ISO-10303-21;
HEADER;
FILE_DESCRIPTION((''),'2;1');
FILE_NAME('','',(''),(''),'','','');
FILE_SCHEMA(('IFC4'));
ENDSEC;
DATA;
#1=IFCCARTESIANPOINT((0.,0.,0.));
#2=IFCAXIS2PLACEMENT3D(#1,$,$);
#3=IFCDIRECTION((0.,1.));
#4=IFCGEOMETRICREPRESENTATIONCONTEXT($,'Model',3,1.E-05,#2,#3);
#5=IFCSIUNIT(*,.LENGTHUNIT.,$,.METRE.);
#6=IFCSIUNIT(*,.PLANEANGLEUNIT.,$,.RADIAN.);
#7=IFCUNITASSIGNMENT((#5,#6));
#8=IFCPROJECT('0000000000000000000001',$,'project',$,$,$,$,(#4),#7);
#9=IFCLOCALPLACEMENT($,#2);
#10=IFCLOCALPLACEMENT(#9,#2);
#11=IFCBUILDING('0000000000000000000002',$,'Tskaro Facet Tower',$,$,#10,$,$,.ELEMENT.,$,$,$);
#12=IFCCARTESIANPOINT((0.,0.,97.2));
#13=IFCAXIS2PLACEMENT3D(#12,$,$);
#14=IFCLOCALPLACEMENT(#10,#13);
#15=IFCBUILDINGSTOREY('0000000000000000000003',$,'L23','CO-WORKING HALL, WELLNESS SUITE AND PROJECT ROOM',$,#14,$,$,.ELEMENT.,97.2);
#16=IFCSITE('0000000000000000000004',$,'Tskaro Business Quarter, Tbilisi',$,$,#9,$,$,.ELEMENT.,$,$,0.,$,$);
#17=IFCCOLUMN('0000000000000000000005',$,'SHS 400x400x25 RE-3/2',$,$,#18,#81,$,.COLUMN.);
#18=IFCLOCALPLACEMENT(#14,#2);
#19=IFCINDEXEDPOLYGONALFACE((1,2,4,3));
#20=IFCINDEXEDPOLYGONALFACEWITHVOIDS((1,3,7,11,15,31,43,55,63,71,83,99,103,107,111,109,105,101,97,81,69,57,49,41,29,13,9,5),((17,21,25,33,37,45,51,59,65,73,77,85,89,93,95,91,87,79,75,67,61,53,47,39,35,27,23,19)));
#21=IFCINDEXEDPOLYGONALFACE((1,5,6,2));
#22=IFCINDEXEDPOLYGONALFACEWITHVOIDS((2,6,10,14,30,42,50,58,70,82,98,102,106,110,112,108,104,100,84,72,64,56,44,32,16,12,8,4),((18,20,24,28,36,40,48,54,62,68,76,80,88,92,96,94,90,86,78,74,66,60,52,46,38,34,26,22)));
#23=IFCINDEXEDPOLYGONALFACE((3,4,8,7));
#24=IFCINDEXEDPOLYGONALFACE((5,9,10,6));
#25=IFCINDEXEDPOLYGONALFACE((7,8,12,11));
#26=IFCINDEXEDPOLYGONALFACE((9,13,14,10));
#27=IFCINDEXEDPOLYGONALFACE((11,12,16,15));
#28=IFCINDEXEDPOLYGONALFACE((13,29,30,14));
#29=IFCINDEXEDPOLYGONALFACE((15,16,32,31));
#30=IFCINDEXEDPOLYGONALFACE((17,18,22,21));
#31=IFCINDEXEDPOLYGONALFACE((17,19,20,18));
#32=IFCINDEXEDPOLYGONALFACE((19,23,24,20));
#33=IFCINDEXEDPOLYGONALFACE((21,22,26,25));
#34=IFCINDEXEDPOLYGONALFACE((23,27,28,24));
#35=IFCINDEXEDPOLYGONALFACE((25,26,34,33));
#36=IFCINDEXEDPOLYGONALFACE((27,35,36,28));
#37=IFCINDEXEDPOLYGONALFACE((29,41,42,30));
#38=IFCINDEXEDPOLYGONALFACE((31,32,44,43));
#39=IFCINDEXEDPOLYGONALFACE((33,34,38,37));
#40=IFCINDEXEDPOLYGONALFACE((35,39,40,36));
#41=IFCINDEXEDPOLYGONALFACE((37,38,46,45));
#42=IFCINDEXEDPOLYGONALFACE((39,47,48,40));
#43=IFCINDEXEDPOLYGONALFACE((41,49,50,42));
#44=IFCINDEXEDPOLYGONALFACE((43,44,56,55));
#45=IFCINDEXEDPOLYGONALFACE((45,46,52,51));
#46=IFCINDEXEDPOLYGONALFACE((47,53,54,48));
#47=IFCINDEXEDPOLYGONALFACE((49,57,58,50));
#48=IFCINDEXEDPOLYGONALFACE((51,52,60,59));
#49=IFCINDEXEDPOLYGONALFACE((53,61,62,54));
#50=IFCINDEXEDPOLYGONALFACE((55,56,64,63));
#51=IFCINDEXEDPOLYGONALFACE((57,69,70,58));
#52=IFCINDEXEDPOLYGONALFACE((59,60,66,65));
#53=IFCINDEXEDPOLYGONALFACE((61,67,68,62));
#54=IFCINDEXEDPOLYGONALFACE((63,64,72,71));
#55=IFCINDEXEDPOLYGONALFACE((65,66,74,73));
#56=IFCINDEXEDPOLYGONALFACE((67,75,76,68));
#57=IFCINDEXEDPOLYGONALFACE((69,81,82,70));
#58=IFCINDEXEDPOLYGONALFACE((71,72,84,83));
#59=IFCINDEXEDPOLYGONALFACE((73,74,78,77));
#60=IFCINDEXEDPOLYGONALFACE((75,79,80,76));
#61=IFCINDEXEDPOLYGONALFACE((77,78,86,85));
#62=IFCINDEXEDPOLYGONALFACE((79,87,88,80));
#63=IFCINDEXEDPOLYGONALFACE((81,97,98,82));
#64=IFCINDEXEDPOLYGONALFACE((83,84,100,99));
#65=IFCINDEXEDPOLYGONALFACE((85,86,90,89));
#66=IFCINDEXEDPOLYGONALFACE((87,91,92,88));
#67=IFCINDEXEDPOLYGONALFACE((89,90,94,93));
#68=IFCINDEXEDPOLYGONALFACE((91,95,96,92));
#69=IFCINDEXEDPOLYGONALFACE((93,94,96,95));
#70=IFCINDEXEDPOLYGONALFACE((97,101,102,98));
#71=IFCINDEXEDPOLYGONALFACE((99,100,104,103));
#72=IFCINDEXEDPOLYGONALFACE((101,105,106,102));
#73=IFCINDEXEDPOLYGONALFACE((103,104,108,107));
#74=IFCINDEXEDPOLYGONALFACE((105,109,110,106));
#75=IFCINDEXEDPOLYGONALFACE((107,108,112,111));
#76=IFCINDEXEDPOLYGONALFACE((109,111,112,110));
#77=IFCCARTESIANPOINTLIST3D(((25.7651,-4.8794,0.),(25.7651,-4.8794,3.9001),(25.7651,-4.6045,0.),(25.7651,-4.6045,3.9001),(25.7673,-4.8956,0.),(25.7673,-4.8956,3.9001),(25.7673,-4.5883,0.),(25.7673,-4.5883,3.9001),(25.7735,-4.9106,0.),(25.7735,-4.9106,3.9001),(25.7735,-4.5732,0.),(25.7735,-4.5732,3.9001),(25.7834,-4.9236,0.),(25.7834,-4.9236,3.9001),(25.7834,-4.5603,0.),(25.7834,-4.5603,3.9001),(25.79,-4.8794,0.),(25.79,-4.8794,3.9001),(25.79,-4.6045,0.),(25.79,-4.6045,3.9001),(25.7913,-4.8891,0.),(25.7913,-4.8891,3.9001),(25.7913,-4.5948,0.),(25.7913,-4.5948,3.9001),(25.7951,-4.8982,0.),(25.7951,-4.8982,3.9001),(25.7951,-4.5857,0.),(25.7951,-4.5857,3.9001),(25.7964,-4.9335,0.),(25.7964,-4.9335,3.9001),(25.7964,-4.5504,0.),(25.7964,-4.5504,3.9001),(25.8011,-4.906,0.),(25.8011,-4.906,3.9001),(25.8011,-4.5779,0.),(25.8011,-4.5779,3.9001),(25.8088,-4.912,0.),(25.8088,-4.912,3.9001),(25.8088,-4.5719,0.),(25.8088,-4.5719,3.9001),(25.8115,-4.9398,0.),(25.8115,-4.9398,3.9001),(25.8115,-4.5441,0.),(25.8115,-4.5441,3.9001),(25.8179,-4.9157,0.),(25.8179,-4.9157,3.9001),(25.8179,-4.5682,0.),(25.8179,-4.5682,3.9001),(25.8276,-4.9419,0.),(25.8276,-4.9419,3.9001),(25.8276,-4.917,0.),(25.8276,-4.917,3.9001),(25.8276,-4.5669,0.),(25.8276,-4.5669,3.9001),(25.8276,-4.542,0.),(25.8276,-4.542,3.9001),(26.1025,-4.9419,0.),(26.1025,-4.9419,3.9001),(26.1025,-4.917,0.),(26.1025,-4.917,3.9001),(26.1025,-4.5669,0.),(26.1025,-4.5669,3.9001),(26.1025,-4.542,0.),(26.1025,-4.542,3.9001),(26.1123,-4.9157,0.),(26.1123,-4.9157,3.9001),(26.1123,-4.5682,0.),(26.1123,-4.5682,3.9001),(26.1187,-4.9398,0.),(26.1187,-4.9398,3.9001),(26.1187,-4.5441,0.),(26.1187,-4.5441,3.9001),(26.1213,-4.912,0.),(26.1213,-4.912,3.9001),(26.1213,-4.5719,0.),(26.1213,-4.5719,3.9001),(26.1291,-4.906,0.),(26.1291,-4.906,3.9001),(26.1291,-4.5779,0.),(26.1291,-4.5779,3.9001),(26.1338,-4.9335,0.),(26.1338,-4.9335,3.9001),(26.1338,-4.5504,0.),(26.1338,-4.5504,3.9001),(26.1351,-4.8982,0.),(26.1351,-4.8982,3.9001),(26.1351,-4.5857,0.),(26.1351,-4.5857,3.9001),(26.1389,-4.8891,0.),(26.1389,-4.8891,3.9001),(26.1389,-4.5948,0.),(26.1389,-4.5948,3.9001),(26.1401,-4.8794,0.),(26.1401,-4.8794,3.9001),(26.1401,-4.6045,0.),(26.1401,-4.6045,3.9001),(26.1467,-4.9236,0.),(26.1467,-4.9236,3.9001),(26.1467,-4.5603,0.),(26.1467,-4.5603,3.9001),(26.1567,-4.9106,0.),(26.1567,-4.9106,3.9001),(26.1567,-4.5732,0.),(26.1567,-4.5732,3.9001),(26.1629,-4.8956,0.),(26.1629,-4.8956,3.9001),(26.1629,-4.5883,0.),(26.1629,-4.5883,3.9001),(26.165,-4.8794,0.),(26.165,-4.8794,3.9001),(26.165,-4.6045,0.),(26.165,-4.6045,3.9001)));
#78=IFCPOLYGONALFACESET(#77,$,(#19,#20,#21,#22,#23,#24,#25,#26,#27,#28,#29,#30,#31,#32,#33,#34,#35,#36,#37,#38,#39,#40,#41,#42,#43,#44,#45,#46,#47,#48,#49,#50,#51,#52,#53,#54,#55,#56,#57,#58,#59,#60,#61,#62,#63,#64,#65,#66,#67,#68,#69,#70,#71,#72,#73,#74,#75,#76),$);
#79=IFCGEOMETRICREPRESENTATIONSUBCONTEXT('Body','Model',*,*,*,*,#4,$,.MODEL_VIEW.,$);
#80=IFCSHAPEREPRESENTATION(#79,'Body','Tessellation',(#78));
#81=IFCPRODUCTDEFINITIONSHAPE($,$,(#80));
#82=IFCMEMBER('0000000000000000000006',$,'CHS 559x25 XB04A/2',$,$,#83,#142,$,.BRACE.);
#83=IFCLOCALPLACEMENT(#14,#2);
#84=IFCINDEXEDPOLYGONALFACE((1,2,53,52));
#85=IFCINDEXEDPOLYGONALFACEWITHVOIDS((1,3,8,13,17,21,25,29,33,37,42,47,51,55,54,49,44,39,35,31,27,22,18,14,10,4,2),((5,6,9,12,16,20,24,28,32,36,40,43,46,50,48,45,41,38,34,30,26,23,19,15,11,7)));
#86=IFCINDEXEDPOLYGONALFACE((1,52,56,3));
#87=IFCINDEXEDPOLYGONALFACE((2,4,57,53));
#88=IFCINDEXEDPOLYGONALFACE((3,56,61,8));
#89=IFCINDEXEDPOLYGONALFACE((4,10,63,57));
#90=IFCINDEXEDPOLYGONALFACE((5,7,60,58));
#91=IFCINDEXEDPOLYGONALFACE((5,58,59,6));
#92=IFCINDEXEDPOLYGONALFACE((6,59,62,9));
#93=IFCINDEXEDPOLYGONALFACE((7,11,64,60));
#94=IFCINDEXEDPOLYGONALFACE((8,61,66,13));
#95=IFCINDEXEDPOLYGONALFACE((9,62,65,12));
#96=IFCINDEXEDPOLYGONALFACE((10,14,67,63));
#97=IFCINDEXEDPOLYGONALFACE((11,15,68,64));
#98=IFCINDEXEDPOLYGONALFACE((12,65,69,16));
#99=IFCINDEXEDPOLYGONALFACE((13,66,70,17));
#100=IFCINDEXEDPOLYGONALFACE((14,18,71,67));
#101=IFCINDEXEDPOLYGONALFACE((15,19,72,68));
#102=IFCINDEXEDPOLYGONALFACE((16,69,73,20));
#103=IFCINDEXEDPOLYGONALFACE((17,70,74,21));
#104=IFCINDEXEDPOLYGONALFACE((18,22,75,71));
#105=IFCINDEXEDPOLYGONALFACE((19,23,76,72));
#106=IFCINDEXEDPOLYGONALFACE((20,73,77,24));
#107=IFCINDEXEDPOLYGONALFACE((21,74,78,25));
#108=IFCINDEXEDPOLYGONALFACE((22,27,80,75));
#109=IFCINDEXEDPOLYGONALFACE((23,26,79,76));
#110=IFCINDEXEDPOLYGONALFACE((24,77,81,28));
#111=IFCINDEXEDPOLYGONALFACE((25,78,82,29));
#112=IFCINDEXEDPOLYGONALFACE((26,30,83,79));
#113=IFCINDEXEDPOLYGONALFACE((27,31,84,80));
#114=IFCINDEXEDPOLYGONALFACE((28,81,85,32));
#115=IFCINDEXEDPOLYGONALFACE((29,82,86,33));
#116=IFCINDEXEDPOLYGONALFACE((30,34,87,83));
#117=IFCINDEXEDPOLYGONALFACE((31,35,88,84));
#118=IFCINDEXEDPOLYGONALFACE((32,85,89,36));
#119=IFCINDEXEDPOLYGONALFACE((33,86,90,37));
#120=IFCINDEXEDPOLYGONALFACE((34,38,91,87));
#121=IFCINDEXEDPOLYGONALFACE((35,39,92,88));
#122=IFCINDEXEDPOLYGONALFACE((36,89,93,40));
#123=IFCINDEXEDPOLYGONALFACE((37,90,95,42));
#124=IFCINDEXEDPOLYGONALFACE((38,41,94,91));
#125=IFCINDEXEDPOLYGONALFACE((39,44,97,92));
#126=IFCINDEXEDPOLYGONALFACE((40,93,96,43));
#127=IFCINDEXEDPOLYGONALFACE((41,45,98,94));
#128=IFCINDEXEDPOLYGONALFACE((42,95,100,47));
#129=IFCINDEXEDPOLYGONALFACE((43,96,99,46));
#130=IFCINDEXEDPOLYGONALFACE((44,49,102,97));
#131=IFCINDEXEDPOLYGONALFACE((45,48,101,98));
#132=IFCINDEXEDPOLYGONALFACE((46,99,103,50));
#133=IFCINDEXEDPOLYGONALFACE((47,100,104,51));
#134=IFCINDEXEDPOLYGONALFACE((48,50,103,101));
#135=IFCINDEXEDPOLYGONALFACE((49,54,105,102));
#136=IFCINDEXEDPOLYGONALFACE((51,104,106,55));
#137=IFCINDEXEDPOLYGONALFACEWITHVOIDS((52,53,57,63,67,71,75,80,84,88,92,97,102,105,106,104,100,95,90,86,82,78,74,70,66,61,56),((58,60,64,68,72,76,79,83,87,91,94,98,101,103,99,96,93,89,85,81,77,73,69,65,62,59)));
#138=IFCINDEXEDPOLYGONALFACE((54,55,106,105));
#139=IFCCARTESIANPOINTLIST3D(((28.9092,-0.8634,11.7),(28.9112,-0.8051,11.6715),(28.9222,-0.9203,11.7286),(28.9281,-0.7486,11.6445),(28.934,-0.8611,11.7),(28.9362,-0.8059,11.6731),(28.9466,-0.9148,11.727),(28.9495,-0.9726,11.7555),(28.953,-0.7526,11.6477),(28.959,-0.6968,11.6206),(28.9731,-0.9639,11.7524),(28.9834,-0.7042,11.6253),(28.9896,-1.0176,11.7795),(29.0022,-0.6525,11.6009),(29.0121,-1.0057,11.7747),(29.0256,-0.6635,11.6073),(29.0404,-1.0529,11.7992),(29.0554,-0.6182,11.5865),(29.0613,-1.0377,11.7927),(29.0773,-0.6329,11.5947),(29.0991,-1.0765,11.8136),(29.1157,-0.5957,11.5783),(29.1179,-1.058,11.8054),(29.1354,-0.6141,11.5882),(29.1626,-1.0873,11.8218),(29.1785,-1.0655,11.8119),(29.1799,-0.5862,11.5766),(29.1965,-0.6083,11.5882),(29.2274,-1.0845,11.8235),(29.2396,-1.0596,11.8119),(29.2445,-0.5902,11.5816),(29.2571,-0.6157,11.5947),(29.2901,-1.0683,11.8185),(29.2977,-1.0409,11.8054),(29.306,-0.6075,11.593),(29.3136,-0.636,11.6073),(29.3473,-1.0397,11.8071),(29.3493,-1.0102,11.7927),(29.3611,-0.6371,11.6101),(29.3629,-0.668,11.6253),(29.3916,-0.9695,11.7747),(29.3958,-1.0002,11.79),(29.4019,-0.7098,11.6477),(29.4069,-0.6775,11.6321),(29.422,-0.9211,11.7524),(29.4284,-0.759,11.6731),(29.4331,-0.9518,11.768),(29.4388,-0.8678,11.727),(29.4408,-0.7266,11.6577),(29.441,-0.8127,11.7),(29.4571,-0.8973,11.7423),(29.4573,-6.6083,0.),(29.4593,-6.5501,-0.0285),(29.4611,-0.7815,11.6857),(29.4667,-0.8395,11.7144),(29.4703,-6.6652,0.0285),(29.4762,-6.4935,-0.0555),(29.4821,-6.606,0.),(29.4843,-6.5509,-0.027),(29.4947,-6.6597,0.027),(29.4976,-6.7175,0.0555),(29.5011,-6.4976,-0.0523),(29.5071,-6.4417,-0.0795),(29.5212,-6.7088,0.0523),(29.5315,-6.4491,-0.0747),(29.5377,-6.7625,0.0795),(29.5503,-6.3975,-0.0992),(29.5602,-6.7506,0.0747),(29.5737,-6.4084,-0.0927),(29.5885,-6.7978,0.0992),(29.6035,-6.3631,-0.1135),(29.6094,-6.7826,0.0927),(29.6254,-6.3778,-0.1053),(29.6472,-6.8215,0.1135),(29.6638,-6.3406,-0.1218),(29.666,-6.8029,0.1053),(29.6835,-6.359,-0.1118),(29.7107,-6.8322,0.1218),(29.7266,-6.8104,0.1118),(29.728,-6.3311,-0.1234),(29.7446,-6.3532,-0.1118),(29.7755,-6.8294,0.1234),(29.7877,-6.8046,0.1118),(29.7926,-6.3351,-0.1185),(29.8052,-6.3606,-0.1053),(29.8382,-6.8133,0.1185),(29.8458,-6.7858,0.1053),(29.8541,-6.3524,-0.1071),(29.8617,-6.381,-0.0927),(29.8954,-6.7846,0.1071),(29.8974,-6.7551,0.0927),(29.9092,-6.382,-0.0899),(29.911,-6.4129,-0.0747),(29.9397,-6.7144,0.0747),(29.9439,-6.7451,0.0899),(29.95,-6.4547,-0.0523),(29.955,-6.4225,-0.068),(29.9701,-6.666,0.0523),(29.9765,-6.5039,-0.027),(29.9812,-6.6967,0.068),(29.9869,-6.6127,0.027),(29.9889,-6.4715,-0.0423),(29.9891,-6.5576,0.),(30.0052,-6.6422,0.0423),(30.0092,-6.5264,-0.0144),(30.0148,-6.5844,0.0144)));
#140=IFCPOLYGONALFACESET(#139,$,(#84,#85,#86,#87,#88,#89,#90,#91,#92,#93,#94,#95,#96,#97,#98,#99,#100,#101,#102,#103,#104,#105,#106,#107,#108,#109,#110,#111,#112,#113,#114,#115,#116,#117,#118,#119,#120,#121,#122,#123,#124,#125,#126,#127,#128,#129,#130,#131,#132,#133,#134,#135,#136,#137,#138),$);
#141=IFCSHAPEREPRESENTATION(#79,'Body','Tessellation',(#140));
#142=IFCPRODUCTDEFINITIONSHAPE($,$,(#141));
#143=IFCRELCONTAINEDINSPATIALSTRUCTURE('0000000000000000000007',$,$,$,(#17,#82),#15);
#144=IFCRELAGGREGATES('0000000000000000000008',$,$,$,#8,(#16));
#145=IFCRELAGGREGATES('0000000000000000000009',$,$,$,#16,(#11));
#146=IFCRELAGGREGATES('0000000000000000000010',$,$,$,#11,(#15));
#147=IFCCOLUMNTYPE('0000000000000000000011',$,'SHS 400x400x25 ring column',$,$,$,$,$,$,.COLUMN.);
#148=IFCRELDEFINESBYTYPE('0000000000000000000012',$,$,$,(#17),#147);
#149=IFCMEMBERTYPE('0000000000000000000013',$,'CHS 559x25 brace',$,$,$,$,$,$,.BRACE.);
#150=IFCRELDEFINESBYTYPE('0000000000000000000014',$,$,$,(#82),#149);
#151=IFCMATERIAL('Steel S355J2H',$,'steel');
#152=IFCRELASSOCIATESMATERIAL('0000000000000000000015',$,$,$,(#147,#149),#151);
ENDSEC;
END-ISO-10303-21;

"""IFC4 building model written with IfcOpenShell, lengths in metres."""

from ifc_helpers import new_model, si_unit, direction, frame, origin, origin_2d, place, context, subcontext, project, spatial, hollow_rectangle, hollow_circle, extrude, material, material_profile, profile_set, type_object, element, save


model = new_model("IFC4")

# Units and contexts
model_context = context("Model", 3, precision=1e-05, world=origin(), true_north=direction((0.0, 1.0)))
body_context = subcontext(model_context, "Body", "Model", "MODEL_VIEW")
ifc_project = project(units=[si_unit("LENGTHUNIT", "METRE"), si_unit("PLANEANGLEUNIT", "RADIAN")], contexts=[model_context])

# Site, building, storey
site_placement = place(None, origin())
site = spatial("IfcSite", under=ifc_project, at=site_placement, Name="Tskaro Business Quarter, Tbilisi", CompositionType="ELEMENT", RefElevation=0.0)
building_placement = place(site_placement, origin())
building = spatial("IfcBuilding", under=site, at=building_placement, Name="Tskaro Facet Tower", CompositionType="ELEMENT")
storey_placement = place(building_placement, frame((0.0, 0.0, 97.2)))
storey = spatial("IfcBuildingStorey", under=building, at=storey_placement, Name="L23", Description="CO-WORKING HALL, WELLNESS SUITE AND PROJECT ROOM", CompositionType="ELEMENT", Elevation=97.2)

# Column
ifc_material_1 = material(Name="Steel S355J2H", Category="steel")
ifc_material_profile_1 = material_profile(ifc_material_1, hollow_rectangle(XDim=0.3999, YDim=0.3999, WallThickness=0.0249, InnerFilletRadius=0.0376, OuterFilletRadius=0.0625, at=origin_2d()), Name="SHS 400x400x25")
ifc_profile_set_1 = profile_set([ifc_material_profile_1], Name="Steel S355J2H")
column_type_1 = type_object("IfcColumnType", Name="SHS 400x400x25 ring column", PredefinedType="COLUMN", material=ifc_profile_set_1)
for number, where, z_axis, x_axis, name in (
    (1, (25.9651, -4.7419, 0.0), (0.0, 0.0, 1.0), (1.0, 0.0, 0.0), "SHS 400x400x25 RE-3/2"),
):
    element("IfcColumn", number, at=place(storey_placement, frame(where, z_axis=z_axis, x_axis=x_axis)), inside=storey, type_object=column_type_1, Name=name, PredefinedType="COLUMN", context=body_context, shape_type="SweptSolid", body=[
        extrude(hollow_rectangle(XDim=0.3999, YDim=0.3999, WallThickness=0.0249, InnerFilletRadius=0.0376, OuterFilletRadius=0.0625, at=origin_2d()), origin(), (0.0, 0.0, 1.0), 3.9001),
    ])

# Member
ifc_material_profile_2 = material_profile(ifc_material_1, hollow_circle(Radius=0.2795, WallThickness=0.0249, at=origin_2d()), Name="CHS 559x25")
ifc_profile_set_2 = profile_set([ifc_material_profile_2], Name="Steel S355J2H")
member_type_1 = type_object("IfcMemberType", Name="CHS 559x25 brace", PredefinedType="BRACE", material=ifc_profile_set_2)
member_1_placement = place(storey_placement, frame((29.7356, -6.5818, 0.0), z_axis=(-0.042013, 0.440362, 0.896837), x_axis=(-0.99548, -0.094975, 0.0)))
element("IfcMember", 2, at=member_1_placement, inside=storey, type_object=member_type_1, Name="CHS 559x25 XB04A/2", PredefinedType="BRACE", context=body_context, shape_type="SweptSolid", body=[
    extrude(hollow_circle(Radius=0.2795, WallThickness=0.0249, at=origin_2d()), origin(), (0.0, 0.0, 1.0), 13.0459),
])

save(model, "model.ifc")
